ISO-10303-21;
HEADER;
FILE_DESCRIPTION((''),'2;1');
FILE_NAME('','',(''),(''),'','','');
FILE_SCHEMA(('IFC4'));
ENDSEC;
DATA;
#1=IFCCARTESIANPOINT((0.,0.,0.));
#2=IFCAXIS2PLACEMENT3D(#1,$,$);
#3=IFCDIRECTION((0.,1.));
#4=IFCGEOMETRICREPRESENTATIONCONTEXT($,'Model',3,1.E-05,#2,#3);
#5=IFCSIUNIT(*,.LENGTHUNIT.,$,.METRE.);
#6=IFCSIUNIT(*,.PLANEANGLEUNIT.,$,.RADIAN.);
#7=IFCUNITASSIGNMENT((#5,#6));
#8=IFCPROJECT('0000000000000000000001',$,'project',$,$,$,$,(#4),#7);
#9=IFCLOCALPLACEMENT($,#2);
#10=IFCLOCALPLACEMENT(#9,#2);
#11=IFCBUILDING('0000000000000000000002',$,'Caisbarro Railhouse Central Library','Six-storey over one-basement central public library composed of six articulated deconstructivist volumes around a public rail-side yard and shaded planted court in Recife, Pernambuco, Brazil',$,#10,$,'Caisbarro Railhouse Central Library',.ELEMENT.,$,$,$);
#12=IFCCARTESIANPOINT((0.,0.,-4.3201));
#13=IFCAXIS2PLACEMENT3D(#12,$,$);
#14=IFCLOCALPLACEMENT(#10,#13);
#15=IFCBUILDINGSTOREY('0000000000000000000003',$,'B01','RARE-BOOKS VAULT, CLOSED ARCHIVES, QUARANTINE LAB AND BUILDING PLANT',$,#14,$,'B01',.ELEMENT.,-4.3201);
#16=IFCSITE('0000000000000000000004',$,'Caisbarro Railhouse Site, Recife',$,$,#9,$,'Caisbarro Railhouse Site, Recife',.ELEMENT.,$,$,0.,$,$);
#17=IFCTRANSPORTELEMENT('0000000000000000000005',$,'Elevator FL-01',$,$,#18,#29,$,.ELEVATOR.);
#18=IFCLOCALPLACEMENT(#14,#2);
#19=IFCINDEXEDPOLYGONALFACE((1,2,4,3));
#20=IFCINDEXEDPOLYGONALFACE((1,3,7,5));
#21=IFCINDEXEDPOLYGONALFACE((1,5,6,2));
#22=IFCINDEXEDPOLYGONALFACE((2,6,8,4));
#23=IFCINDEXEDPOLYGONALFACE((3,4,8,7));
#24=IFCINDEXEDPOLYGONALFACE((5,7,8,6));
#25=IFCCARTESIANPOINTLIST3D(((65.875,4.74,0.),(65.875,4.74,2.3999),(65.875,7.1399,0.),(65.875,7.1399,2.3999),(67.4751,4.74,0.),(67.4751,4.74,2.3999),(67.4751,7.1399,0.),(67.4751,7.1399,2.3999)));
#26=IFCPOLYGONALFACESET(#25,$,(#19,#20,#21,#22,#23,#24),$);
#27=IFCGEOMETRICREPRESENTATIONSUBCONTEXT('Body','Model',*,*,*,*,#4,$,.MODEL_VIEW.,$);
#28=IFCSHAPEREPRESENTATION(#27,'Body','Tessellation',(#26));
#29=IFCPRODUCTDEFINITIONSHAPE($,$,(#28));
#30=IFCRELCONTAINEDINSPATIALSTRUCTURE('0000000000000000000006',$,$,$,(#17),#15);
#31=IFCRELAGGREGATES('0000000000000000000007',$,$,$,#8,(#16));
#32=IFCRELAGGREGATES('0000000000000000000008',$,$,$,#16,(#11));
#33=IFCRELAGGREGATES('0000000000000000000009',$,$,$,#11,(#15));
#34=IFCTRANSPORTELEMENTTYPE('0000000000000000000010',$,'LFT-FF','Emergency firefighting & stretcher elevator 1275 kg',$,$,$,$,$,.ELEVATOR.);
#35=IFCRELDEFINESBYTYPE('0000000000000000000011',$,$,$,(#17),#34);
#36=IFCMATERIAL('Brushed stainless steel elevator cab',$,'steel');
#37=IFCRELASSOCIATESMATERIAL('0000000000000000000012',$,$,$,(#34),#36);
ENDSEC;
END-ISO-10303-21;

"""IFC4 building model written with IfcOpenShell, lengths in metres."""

from ifc_helpers import new_model, si_unit, direction, frame, origin, origin_2d, place, context, subcontext, project, spatial, rectangle, extrude, material, type_object, element, save


model = new_model("IFC4")

# Units and contexts
model_context = context("Model", 3, precision=1e-05, world=origin(), true_north=direction((0.0, 1.0)))
body_context = subcontext(model_context, "Body", "Model", "MODEL_VIEW")
ifc_project = project(units=[si_unit("LENGTHUNIT", "METRE"), si_unit("PLANEANGLEUNIT", "RADIAN")], contexts=[model_context])

# Site, building, storey
site_placement = place(None, origin())
site = spatial("IfcSite", under=ifc_project, at=site_placement, Name="Caisbarro Railhouse Site, Recife", LongName="Caisbarro Railhouse Site, Recife", CompositionType="ELEMENT", RefElevation=0.0)
building_placement = place(site_placement, origin())
building = spatial("IfcBuilding", under=site, at=building_placement, Name="Caisbarro Railhouse Central Library", Description="Six-storey over one-basement central public library composed of six articulated deconstructivist volumes around a public rail-side yard and shaded planted court in Recife, Pernambuco, Brazil", LongName="Caisbarro Railhouse Central Library", CompositionType="ELEMENT")
storey_placement = place(building_placement, frame((0.0, 0.0, -4.3201)))
storey = spatial("IfcBuildingStorey", under=building, at=storey_placement, Name="B01", Description="RARE-BOOKS VAULT, CLOSED ARCHIVES, QUARANTINE LAB AND BUILDING PLANT", LongName="B01", CompositionType="ELEMENT", Elevation=-4.3201)

# Shared definitions
ifc_material_1 = material(Name="Brushed stainless steel elevator cab", Category="steel")

# Transport element
transport_element_type_1 = type_object("IfcTransportElementType", Name="LFT-FF", Description="Emergency firefighting & stretcher elevator 1275 kg", PredefinedType="ELEVATOR", material=ifc_material_1)
transport_element_1_placement = place(storey_placement, frame((66.675, 5.9399, 0.0), z_axis=(0.0, 0.0, 1.0), x_axis=(1.0, 0.0, 0.0)))
element("IfcTransportElement", 1, at=transport_element_1_placement, inside=storey, type_object=transport_element_type_1, Name="Elevator FL-01", PredefinedType="ELEVATOR", context=body_context, shape_type="SweptSolid", body=[
    extrude(rectangle(XDim=1.6001, YDim=2.3999, at=origin_2d()), origin(), (0.0, 0.0, 1.0), 2.3999),
])

save(model, "model.ifc")
